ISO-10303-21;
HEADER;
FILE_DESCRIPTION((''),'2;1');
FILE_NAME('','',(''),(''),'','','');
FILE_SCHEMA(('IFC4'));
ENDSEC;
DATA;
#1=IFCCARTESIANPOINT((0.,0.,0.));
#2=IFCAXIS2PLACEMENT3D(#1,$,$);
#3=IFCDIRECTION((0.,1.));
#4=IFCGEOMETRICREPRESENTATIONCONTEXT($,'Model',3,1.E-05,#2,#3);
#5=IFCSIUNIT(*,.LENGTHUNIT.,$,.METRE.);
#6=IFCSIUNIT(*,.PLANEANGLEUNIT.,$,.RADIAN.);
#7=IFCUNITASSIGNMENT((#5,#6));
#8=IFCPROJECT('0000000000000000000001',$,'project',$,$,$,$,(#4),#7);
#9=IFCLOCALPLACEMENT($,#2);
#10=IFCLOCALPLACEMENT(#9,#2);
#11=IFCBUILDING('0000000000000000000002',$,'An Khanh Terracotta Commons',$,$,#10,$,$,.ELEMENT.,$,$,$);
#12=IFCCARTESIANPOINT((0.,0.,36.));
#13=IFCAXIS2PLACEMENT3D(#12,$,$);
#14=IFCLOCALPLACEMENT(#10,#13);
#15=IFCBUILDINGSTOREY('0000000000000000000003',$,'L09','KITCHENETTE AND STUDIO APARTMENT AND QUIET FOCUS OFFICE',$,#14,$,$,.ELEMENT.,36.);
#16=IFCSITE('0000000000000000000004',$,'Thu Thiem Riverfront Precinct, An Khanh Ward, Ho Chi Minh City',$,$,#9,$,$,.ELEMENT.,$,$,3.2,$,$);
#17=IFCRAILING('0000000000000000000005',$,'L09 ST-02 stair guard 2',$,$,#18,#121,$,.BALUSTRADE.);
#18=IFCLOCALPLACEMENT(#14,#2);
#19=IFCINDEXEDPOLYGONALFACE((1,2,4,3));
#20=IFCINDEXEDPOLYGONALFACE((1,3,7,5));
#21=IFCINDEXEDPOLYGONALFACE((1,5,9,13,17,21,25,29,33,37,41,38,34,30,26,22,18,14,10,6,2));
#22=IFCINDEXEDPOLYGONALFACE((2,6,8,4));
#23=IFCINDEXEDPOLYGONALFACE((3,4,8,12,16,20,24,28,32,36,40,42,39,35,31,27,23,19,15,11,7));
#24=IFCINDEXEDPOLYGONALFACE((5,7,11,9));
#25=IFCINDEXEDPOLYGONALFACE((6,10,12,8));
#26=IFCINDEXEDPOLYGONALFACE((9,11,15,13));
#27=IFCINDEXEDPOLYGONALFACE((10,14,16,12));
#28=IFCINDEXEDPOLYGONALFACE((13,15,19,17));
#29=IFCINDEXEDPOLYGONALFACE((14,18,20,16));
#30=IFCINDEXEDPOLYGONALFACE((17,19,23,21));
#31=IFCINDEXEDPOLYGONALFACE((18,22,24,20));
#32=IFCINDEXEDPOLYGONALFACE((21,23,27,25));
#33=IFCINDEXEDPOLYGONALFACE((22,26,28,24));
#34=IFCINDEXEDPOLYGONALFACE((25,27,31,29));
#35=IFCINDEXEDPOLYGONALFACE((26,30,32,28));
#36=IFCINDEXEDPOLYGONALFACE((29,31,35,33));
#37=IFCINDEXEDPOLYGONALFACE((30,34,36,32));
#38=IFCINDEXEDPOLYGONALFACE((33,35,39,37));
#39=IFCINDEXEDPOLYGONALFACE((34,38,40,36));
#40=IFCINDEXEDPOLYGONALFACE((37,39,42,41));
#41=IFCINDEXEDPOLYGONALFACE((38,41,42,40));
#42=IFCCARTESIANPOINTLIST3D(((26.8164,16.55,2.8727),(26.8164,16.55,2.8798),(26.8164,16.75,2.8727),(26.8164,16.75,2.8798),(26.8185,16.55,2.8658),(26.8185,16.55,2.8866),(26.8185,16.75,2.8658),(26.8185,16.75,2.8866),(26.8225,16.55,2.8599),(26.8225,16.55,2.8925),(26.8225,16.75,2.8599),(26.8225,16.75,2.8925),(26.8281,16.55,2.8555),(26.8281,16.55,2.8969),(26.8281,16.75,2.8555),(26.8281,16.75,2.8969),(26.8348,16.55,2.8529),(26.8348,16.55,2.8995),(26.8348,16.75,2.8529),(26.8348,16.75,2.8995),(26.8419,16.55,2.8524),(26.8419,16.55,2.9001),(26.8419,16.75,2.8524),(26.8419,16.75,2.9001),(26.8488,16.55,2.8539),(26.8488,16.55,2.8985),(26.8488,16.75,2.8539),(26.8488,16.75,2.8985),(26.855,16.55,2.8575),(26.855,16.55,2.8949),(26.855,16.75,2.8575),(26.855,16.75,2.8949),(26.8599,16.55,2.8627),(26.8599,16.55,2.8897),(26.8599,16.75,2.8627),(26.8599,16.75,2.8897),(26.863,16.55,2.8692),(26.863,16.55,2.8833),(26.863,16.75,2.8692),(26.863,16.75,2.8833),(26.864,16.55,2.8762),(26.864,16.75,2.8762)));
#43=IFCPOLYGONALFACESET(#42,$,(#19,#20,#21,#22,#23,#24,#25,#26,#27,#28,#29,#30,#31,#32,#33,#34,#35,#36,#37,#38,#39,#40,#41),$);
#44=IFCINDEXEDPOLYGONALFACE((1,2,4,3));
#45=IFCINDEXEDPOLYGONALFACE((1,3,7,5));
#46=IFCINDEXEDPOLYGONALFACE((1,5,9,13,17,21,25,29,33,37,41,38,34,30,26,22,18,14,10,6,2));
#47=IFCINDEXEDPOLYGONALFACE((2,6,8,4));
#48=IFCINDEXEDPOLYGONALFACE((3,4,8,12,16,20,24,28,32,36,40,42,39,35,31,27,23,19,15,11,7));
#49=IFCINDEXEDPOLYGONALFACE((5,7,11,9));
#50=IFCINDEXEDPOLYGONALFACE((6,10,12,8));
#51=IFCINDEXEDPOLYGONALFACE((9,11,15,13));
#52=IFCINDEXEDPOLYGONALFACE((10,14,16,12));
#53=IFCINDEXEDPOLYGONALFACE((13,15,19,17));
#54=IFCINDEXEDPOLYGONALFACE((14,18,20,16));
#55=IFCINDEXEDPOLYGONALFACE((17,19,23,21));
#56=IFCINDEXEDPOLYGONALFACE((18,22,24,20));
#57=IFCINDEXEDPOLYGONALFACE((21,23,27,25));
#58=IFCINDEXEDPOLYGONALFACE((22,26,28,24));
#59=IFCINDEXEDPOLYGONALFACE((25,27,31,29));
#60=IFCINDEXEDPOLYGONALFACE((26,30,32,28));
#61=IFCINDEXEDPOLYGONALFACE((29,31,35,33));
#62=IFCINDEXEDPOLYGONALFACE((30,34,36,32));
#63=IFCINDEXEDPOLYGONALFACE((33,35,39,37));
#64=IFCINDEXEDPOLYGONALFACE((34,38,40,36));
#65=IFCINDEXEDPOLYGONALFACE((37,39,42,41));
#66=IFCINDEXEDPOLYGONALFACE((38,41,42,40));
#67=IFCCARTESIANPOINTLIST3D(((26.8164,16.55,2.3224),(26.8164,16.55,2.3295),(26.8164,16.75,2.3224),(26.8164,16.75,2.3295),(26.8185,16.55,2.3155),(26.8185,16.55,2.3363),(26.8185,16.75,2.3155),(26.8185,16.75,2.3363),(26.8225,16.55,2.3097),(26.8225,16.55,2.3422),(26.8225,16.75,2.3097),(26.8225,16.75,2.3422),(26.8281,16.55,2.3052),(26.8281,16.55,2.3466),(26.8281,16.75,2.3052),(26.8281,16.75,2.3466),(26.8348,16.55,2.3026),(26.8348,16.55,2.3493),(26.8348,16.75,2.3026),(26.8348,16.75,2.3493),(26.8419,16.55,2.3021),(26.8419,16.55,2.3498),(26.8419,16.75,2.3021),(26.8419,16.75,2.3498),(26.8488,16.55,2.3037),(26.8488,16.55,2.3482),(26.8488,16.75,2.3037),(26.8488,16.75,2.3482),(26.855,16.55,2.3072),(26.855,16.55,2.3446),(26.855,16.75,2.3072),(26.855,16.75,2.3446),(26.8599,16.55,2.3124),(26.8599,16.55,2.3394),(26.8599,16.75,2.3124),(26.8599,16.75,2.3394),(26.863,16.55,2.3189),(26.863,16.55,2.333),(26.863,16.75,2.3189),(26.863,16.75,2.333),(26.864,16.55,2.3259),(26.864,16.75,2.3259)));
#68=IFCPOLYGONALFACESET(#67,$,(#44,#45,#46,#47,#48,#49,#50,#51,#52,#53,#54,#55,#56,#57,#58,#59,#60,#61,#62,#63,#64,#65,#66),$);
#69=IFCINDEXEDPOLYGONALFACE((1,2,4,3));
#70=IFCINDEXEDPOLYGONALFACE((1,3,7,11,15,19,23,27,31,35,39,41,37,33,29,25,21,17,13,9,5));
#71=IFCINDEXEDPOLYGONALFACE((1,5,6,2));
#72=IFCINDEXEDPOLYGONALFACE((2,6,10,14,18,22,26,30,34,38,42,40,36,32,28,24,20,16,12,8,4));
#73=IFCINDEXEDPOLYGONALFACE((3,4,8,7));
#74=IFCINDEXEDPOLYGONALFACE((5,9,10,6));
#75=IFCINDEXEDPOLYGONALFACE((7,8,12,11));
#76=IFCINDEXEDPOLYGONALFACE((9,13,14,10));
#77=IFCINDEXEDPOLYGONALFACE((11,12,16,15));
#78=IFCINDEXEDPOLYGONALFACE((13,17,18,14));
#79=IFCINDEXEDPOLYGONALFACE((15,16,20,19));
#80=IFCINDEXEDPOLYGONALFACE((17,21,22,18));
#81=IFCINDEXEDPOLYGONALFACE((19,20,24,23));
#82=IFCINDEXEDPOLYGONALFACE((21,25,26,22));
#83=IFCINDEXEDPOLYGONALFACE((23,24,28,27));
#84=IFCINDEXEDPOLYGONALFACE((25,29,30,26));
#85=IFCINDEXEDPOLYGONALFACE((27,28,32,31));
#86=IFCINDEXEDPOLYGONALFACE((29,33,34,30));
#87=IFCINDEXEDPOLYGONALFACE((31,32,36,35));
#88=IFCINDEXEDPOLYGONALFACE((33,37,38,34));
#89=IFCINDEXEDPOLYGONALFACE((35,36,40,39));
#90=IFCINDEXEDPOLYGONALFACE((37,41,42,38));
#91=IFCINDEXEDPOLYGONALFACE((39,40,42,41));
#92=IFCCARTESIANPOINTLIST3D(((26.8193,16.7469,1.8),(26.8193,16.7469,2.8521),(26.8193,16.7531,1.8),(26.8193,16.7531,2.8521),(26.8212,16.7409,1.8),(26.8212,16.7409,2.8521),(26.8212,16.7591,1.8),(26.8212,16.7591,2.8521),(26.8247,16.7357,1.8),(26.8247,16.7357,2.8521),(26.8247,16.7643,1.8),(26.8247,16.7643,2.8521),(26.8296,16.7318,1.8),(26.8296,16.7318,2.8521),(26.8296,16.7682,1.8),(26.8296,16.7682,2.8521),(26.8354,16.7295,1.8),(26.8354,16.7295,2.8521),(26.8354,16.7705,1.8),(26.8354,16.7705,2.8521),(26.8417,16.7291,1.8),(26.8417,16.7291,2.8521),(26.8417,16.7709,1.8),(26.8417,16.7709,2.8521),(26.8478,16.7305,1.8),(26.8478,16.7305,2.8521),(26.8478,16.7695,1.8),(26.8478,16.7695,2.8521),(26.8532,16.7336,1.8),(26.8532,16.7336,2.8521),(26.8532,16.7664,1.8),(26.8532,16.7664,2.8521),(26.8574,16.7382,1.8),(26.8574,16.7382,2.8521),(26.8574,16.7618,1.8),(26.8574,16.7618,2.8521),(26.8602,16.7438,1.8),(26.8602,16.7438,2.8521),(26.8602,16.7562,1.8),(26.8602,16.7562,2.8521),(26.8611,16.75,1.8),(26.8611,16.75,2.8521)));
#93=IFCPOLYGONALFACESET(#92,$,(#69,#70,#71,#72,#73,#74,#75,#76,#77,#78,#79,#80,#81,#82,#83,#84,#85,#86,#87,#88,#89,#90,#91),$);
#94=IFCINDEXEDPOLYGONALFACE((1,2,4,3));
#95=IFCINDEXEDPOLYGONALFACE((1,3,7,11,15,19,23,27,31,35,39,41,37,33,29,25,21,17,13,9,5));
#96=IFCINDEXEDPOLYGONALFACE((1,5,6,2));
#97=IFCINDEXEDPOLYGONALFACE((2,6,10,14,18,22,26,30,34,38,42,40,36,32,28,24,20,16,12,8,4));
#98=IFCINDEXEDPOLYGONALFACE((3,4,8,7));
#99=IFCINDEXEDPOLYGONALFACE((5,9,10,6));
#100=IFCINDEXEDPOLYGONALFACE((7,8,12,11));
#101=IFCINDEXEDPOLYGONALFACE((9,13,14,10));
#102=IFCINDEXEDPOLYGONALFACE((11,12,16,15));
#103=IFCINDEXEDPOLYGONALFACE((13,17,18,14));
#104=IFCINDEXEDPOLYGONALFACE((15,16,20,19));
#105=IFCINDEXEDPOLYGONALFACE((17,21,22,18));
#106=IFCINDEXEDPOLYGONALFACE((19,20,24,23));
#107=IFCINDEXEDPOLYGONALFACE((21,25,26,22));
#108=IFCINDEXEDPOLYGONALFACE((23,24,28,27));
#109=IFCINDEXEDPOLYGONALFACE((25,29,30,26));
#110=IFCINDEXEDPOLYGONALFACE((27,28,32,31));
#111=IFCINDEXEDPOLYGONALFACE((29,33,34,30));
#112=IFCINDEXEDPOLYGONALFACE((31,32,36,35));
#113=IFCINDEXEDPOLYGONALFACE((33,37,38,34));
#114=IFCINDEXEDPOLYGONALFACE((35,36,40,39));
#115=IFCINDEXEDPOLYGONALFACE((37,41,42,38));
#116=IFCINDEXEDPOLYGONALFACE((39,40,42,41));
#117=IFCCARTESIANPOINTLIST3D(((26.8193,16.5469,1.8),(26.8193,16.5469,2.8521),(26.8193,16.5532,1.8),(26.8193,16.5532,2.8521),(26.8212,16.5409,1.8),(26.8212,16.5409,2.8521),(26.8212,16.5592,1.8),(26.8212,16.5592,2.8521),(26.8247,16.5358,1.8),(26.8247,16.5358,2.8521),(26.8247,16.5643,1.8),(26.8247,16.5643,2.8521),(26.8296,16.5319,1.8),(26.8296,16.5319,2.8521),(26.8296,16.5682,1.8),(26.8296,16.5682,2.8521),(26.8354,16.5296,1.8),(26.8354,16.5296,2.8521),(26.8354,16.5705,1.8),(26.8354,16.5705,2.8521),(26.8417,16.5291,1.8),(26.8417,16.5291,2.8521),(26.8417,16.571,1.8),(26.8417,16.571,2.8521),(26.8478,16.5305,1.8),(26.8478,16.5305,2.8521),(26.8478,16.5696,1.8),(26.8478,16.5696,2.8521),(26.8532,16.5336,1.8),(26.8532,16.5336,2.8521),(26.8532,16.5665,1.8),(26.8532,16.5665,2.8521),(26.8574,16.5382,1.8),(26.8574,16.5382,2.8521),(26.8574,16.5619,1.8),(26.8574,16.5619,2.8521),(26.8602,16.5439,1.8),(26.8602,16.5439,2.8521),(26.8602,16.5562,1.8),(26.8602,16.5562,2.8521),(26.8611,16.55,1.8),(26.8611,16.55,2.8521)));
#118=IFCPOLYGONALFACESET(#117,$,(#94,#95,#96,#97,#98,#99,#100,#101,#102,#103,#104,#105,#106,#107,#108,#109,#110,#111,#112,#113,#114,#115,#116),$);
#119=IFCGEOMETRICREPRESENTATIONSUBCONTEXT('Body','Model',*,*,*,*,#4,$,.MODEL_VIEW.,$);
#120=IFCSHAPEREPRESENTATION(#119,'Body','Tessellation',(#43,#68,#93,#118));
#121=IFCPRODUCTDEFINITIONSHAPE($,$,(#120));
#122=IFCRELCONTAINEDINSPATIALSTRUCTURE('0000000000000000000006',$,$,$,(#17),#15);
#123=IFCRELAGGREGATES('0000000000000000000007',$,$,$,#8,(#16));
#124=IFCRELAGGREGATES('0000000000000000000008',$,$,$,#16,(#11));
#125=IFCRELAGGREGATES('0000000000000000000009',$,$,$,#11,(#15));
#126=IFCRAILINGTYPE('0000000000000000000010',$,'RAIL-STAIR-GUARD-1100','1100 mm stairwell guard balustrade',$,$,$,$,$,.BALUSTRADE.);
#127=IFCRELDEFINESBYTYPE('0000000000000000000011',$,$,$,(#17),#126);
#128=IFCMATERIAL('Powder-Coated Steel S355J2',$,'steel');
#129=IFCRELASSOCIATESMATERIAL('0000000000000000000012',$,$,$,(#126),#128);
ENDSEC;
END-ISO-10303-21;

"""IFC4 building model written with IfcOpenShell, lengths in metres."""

from ifc_helpers import new_model, si_unit, direction, frame, origin, origin_2d, place, context, subcontext, project, spatial, circle, extrude, material, type_object, element, save


model = new_model("IFC4")

# Units and contexts
model_context = context("Model", 3, precision=1e-05, world=origin(), true_north=direction((0.0, 1.0)))
body_context = subcontext(model_context, "Body", "Model", "MODEL_VIEW")
ifc_project = project(units=[si_unit("LENGTHUNIT", "METRE"), si_unit("PLANEANGLEUNIT", "RADIAN")], contexts=[model_context])

# Site, building, storey
site_placement = place(None, origin())
site = spatial("IfcSite", under=ifc_project, at=site_placement, Name="Thu Thiem Riverfront Precinct, An Khanh Ward, Ho Chi Minh City", CompositionType="ELEMENT", RefElevation=3.2)
building_placement = place(site_placement, origin())
building = spatial("IfcBuilding", under=site, at=building_placement, Name="An Khanh Terracotta Commons", CompositionType="ELEMENT")
storey_placement = place(building_placement, frame((0.0, 0.0, 36.0)))
storey = spatial("IfcBuildingStorey", under=building, at=storey_placement, Name="L09", Description="KITCHENETTE AND STUDIO APARTMENT AND QUIET FOCUS OFFICE", CompositionType="ELEMENT", Elevation=36.0)

# Railing
ifc_material_1 = material(Name="Powder-Coated Steel S355J2", Category="steel")
railing_type_1 = type_object("IfcRailingType", Name="RAIL-STAIR-GUARD-1100", Description="1100 mm stairwell guard balustrade", PredefinedType="BALUSTRADE", material=ifc_material_1)
railing_1_placement = place(storey_placement, frame((26.8401, 16.75, 1.8)))
element("IfcRailing", 1, at=railing_1_placement, inside=storey, type_object=railing_type_1, Name="L09 ST-02 stair guard 2", PredefinedType="BALUSTRADE", context=body_context, shape_type="SweptSolid", body=[
    extrude(circle(Radius=0.0239, at=origin_2d()), frame((0.0, 0.0, 1.0762), z_axis=(0.0, -1.0, 0.0), x_axis=(1.0, 0.0, 0.0)), (0.0, 0.0, 1.0), 0.2),
    extrude(circle(Radius=0.0239, at=origin_2d()), frame((0.0, 0.0, 0.5259), z_axis=(0.0, -1.0, 0.0), x_axis=(1.0, 0.0, 0.0)), (0.0, 0.0, 1.0), 0.2),
    extrude(circle(Radius=0.021, at=origin_2d()), origin(), (0.0, 0.0, 1.0), 1.052),
    extrude(circle(Radius=0.021, at=origin_2d()), frame((0.0, -0.2, 0.0)), (0.0, 0.0, 1.0), 1.052),
])

save(model, "model.ifc")
